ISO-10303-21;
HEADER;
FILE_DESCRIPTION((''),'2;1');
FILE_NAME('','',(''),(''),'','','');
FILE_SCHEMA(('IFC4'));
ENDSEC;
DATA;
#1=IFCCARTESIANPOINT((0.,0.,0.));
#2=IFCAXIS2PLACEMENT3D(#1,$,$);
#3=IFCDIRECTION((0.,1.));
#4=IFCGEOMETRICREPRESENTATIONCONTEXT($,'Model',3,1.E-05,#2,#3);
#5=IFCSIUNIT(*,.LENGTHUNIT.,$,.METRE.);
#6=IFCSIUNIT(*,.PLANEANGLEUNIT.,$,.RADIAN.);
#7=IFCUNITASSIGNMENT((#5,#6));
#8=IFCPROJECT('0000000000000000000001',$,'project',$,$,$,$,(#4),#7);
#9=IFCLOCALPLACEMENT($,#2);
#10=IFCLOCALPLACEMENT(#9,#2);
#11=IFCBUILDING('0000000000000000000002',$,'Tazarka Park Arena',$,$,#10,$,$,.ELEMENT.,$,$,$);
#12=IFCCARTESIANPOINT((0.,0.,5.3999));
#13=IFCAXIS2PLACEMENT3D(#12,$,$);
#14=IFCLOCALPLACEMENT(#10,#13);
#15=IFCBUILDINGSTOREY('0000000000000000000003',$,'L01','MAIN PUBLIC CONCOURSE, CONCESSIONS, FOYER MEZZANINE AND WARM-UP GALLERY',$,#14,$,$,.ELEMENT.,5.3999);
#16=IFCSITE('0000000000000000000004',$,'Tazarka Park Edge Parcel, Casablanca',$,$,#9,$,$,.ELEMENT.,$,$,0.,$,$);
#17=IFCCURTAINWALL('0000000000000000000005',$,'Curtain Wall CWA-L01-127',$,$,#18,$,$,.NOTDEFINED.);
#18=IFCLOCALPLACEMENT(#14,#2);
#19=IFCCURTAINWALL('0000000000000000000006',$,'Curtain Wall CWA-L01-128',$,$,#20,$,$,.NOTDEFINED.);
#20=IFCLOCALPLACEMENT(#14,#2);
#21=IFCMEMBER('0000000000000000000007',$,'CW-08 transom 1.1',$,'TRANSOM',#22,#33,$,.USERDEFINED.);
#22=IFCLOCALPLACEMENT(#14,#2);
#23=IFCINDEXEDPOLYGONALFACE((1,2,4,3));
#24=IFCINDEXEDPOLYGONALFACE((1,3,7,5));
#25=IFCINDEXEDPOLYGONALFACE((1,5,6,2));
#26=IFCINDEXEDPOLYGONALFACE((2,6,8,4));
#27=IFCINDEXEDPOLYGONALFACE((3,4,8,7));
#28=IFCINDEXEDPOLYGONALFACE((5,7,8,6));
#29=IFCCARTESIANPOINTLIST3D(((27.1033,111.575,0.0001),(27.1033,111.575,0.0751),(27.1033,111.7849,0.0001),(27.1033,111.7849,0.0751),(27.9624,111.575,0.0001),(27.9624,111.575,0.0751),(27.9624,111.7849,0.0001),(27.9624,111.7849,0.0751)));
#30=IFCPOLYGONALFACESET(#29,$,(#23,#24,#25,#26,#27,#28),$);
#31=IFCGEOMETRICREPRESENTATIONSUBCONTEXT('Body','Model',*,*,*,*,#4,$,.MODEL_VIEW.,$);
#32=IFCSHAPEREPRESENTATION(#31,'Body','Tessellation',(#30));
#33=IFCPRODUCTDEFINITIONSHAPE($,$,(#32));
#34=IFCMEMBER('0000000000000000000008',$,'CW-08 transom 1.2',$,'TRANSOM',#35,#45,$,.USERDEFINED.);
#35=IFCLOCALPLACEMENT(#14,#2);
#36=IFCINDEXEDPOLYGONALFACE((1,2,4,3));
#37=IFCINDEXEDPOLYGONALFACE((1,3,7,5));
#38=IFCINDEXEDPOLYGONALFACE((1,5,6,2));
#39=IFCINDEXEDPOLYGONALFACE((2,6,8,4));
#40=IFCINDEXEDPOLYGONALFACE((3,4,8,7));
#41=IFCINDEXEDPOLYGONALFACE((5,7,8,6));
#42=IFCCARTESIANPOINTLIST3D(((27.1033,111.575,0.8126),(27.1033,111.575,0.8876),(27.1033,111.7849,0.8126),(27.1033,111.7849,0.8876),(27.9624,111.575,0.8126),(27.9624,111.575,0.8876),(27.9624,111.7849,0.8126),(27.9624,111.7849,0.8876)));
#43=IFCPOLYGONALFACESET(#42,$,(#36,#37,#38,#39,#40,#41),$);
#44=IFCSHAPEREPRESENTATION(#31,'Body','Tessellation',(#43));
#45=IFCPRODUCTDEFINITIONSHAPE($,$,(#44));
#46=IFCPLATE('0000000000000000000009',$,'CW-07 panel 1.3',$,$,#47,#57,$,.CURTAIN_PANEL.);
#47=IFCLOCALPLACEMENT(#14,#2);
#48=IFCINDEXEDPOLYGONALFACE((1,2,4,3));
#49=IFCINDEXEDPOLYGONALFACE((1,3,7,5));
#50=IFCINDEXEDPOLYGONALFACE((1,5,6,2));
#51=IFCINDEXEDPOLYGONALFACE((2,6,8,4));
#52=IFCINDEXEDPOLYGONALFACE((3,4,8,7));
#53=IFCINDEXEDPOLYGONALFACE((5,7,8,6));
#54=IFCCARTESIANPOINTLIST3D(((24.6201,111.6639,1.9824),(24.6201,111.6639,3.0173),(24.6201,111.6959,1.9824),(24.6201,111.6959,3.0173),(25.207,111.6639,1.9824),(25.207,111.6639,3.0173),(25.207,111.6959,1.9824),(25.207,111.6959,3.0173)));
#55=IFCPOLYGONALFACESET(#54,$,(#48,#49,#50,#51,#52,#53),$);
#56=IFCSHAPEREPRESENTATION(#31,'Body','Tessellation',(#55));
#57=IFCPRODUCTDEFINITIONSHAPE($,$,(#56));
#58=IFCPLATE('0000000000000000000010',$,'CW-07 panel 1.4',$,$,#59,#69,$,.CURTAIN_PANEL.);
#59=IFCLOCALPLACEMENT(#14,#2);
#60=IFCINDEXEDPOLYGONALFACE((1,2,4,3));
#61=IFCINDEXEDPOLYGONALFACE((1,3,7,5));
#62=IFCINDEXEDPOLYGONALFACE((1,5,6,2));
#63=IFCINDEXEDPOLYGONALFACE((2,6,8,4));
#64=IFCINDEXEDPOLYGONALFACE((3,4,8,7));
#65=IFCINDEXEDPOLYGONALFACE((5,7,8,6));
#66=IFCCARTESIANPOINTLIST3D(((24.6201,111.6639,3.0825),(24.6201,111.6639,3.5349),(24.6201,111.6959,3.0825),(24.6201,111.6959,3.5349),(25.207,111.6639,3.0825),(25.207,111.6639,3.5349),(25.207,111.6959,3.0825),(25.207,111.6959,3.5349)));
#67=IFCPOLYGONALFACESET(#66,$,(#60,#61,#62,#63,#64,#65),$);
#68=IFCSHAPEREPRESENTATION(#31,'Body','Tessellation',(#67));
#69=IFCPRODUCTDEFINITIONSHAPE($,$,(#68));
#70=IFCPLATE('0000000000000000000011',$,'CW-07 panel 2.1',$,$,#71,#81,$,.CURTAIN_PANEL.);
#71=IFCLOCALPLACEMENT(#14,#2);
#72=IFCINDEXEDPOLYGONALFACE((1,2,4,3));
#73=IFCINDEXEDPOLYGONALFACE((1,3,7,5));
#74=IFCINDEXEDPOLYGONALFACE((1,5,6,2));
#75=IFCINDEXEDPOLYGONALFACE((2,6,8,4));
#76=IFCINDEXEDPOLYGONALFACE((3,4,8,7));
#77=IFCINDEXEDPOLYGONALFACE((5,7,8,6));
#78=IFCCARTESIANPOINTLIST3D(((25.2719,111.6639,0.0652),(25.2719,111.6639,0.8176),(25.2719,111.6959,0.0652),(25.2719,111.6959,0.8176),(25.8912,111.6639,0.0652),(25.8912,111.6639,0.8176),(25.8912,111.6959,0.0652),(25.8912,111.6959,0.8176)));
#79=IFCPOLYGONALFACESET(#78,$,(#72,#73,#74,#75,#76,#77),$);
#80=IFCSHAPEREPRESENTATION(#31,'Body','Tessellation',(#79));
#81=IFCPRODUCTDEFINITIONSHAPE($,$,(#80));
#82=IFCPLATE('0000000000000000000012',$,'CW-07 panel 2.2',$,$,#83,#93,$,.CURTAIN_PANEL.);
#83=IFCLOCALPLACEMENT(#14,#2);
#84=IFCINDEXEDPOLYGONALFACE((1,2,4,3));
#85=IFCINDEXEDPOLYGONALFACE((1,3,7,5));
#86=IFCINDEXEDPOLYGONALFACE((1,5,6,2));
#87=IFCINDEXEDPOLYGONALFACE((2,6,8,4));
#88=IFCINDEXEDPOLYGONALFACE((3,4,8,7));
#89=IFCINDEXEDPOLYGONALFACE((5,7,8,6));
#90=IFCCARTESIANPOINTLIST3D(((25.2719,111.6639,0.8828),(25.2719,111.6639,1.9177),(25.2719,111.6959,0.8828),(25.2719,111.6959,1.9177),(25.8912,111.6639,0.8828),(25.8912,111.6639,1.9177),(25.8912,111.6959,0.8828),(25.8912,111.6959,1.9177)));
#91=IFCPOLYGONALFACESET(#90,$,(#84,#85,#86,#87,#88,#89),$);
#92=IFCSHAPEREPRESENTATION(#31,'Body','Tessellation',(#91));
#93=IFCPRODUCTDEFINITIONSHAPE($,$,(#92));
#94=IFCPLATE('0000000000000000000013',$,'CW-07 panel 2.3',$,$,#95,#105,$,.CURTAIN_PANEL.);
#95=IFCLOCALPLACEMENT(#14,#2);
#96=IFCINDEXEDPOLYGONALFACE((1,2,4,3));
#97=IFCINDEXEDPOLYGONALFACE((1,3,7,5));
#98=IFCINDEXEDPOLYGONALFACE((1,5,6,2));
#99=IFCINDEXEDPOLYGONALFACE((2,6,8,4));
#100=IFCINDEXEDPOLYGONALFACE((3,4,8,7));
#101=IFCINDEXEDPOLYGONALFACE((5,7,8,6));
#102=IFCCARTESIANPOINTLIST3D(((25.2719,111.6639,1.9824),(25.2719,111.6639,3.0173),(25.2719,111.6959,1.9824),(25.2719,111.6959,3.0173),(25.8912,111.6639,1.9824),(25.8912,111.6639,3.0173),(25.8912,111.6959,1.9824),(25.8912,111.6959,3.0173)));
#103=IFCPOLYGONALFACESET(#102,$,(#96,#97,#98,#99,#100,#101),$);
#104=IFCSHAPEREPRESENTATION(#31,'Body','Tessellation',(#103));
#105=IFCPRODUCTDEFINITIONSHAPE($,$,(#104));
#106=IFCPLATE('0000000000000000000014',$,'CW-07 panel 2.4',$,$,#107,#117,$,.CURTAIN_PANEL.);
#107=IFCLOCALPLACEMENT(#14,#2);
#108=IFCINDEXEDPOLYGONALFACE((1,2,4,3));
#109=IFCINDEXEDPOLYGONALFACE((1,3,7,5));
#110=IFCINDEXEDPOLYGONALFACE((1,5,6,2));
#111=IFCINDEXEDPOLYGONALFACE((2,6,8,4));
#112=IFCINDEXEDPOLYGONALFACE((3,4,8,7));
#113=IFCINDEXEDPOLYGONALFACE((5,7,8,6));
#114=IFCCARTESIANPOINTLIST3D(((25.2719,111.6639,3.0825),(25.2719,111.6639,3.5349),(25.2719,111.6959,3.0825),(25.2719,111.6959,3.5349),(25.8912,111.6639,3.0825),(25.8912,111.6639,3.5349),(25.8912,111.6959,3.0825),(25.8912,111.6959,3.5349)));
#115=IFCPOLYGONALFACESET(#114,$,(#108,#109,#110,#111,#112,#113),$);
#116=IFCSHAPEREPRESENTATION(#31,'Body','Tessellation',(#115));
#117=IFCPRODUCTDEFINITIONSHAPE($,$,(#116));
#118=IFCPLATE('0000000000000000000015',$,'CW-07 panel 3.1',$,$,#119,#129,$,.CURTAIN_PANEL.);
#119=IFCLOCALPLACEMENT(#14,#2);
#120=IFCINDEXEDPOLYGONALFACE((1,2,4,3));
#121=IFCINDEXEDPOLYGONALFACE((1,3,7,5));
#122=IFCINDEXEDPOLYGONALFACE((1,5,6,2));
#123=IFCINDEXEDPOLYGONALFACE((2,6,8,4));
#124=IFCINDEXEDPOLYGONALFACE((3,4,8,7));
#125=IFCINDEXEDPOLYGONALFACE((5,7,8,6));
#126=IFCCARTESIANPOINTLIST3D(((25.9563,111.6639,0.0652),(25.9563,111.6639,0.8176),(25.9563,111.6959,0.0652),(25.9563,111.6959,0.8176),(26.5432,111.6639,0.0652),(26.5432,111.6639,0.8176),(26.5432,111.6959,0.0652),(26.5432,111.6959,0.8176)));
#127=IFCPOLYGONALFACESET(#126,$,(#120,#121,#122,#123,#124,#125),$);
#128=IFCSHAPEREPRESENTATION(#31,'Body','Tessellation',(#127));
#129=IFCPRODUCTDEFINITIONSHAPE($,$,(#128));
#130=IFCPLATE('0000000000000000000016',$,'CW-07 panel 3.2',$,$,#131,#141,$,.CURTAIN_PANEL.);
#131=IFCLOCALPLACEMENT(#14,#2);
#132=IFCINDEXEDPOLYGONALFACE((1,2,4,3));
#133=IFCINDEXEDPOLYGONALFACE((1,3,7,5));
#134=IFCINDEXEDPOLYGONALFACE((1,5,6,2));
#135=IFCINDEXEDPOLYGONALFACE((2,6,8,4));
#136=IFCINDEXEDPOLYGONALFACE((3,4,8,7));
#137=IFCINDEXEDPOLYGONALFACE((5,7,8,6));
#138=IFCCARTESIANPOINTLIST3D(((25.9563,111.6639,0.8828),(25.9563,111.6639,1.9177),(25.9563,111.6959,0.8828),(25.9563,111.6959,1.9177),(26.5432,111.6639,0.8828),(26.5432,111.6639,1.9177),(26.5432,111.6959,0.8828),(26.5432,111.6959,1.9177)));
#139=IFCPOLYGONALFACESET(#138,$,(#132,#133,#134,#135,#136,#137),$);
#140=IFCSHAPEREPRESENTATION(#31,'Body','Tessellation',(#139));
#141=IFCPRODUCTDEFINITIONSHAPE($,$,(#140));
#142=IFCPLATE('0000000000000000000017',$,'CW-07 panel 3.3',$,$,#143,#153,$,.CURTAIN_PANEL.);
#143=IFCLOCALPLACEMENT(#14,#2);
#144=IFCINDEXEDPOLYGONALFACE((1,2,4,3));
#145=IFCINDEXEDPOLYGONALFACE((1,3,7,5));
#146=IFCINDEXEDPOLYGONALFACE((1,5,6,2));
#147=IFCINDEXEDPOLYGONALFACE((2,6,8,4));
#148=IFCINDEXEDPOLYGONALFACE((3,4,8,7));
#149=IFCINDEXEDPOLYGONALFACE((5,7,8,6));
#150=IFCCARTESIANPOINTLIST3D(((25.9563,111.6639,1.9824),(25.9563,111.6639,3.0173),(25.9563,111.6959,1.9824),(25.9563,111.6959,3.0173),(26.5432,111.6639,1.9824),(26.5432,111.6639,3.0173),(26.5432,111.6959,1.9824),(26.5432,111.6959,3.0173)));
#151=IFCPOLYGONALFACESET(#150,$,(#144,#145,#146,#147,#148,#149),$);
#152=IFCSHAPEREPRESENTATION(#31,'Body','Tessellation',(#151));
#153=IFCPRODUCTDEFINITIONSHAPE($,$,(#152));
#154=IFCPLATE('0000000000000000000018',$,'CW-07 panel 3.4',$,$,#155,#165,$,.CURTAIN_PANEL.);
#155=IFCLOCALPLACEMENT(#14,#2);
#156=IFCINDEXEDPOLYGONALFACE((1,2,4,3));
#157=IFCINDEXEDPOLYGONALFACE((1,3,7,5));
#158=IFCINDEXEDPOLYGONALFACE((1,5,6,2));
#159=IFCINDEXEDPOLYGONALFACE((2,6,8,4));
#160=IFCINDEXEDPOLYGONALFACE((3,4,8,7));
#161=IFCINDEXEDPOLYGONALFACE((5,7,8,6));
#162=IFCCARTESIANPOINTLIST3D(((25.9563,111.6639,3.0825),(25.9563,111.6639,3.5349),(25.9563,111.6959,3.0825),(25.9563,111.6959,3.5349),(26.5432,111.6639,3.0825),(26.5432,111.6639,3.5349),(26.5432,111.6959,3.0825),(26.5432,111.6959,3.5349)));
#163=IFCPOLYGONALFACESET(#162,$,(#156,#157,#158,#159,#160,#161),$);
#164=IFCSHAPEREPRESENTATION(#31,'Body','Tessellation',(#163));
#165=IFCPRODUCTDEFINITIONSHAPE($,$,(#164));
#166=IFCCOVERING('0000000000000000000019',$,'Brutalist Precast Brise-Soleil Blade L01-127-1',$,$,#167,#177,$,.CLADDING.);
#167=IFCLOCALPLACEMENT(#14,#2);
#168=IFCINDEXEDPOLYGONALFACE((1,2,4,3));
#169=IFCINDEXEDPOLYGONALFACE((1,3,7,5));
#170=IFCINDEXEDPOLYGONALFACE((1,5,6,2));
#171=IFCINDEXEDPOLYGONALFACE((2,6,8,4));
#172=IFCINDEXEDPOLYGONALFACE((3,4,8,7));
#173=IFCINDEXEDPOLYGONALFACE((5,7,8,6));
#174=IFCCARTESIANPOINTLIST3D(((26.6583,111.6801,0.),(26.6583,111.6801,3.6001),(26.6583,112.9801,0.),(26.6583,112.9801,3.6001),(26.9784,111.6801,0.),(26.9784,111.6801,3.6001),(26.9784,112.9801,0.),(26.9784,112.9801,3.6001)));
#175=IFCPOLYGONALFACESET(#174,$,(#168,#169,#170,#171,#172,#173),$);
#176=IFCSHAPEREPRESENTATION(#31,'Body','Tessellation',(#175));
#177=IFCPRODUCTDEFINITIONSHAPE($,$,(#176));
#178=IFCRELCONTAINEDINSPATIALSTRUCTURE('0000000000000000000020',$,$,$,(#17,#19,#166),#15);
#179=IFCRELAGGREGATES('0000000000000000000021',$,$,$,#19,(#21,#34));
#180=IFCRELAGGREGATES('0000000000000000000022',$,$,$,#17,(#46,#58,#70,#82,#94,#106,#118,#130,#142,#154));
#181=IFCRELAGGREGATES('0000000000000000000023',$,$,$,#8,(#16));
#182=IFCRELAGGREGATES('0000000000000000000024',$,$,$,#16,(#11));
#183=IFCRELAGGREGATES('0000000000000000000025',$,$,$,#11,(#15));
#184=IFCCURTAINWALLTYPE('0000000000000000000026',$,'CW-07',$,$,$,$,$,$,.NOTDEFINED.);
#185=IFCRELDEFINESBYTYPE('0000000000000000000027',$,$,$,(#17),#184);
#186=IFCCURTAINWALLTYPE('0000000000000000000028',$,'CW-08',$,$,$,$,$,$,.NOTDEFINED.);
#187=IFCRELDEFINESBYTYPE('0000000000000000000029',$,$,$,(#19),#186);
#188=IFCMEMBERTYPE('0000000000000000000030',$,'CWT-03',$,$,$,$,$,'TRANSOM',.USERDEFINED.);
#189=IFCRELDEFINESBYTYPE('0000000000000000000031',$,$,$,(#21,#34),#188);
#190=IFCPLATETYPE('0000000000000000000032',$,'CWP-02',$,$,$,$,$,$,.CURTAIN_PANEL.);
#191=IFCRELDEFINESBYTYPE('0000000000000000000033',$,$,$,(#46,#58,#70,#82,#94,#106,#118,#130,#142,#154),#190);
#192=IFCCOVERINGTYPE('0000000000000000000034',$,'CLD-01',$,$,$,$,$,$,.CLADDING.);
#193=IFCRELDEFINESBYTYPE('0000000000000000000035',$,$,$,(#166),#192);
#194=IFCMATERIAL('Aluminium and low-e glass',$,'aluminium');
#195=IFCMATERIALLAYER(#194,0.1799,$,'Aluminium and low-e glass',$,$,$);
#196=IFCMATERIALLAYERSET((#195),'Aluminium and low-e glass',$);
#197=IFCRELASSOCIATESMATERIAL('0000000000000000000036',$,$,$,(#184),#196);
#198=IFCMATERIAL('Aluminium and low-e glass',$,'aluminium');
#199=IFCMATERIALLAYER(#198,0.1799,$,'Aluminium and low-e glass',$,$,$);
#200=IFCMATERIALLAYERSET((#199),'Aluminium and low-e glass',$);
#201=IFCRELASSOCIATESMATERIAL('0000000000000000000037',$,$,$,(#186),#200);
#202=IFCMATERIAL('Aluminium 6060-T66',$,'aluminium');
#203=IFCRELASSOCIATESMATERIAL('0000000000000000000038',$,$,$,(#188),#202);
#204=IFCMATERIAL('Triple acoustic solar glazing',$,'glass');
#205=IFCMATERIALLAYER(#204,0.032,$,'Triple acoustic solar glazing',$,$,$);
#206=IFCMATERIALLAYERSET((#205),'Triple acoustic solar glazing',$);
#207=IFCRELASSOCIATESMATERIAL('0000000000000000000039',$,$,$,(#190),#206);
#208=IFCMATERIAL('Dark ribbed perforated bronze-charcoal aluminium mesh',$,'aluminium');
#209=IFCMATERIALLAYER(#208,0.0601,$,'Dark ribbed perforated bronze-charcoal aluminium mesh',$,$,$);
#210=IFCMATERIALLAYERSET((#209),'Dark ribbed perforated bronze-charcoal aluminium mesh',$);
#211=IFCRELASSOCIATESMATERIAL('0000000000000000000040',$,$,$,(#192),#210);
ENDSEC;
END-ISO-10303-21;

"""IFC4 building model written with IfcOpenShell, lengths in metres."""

from ifc_helpers import new_model, si_unit, direction, frame, origin, origin_2d, place, context, subcontext, project, spatial, rectangle, extrude, material, layer, layer_set, material_profile, profile_set, type_object, element, aggregate, save


model = new_model("IFC4")

# Units and contexts
model_context = context("Model", 3, precision=1e-05, world=origin(), true_north=direction((0.0, 1.0)))
body_context = subcontext(model_context, "Body", "Model", "MODEL_VIEW")
ifc_project = project(units=[si_unit("LENGTHUNIT", "METRE"), si_unit("PLANEANGLEUNIT", "RADIAN")], contexts=[model_context])

# Site, building, storey
site_placement = place(None, origin())
site = spatial("IfcSite", under=ifc_project, at=site_placement, Name="Tazarka Park Edge Parcel, Casablanca", CompositionType="ELEMENT", RefElevation=0.0)
building_placement = place(site_placement, origin())
building = spatial("IfcBuilding", under=site, at=building_placement, Name="Tazarka Park Arena", CompositionType="ELEMENT")
storey_placement = place(building_placement, frame((0.0, 0.0, 5.3999)))
storey = spatial("IfcBuildingStorey", under=building, at=storey_placement, Name="L01", Description="MAIN PUBLIC CONCOURSE, CONCESSIONS, FOYER MEZZANINE AND WARM-UP GALLERY", CompositionType="ELEMENT", Elevation=5.3999)

# Curtain wall
ifc_material_1 = material(Name="Aluminium and low-e glass", Category="aluminium")
ifc_layer_1 = layer(ifc_material_1, 0.1799, Name="Aluminium and low-e glass")
ifc_layer_set_1 = layer_set([ifc_layer_1], Name="Aluminium and low-e glass")
curtain_wall_type_1 = type_object("IfcCurtainWallType", Name="CW-07", PredefinedType="NOTDEFINED", material=ifc_layer_set_1)
curtain_wall_1_placement = place(storey_placement, origin())
curtain_wall_1 = element("IfcCurtainWall", 1, at=curtain_wall_1_placement, inside=storey, type_object=curtain_wall_type_1, Name="Curtain Wall CWA-L01-127", PredefinedType="NOTDEFINED")

# Curtain wall
ifc_material_2 = material(Name="Aluminium and low-e glass", Category="aluminium")
ifc_layer_2 = layer(ifc_material_2, 0.1799, Name="Aluminium and low-e glass")
ifc_layer_set_2 = layer_set([ifc_layer_2], Name="Aluminium and low-e glass")
curtain_wall_type_2 = type_object("IfcCurtainWallType", Name="CW-08", PredefinedType="NOTDEFINED", material=ifc_layer_set_2)
curtain_wall_2_placement = place(storey_placement, origin())
curtain_wall_2 = element("IfcCurtainWall", 2, at=curtain_wall_2_placement, inside=storey, type_object=curtain_wall_type_2, Name="Curtain Wall CWA-L01-128", PredefinedType="NOTDEFINED")

# Members
ifc_material_3 = material(Name="Aluminium 6060-T66", Category="aluminium")
ifc_material_profile_1 = material_profile(ifc_material_3, rectangle(XDim=0.21, YDim=0.075, at=origin_2d()), Name="Aluminium 6060-T66")
ifc_profile_set_1 = profile_set([ifc_material_profile_1], Name="Aluminium 6060-T66")
member_type_1 = type_object("IfcMemberType", Name="CWT-03", ElementType="TRANSOM", PredefinedType="USERDEFINED", material=ifc_profile_set_1)
member_1_placement = place(storey_placement, frame((27.1033, 111.6799, 0.0376), z_axis=(1.0, 0.0, 0.0), x_axis=(0.0, 1.0, 0.0)))
member_1 = element("IfcMember", 3, at=member_1_placement, type_object=member_type_1, Name="CW-08 transom 1.1", ObjectType="TRANSOM", PredefinedType="USERDEFINED", context=body_context, shape_type="SweptSolid", body=[
    extrude(rectangle(XDim=0.21, YDim=0.075, at=origin_2d()), origin(), (0.0, 0.0, 1.0), 0.8591),
])
member_2_placement = place(storey_placement, frame((27.1033, 111.6799, 0.8501), z_axis=(1.0, 0.0, 0.0), x_axis=(0.0, 1.0, 0.0)))
member_2 = element("IfcMember", 4, at=member_2_placement, type_object=member_type_1, Name="CW-08 transom 1.2", ObjectType="TRANSOM", PredefinedType="USERDEFINED", context=body_context, shape_type="SweptSolid", body=[
    extrude(rectangle(XDim=0.21, YDim=0.075, at=origin_2d()), origin(), (0.0, 0.0, 1.0), 0.8591),
])
aggregate(curtain_wall_2, [member_1, member_2])

# Plates
ifc_material_4 = material(Name="Triple acoustic solar glazing", Category="glass")
ifc_layer_3 = layer(ifc_material_4, 0.032, Name="Triple acoustic solar glazing")
ifc_layer_set_3 = layer_set([ifc_layer_3], Name="Triple acoustic solar glazing")
plate_type = type_object("IfcPlateType", Name="CWP-02", PredefinedType="CURTAIN_PANEL", material=ifc_layer_set_3)
plate_1_placement = place(storey_placement, frame((24.9136, 111.6799, 1.9824), z_axis=(0.0, 0.0, 1.0), x_axis=(1.0, 0.0, 0.0)))
plate_1 = element("IfcPlate", 5, at=plate_1_placement, type_object=plate_type, Name="CW-07 panel 1.3", PredefinedType="CURTAIN_PANEL", context=body_context, shape_type="SweptSolid", body=[
    extrude(rectangle(XDim=0.5869, YDim=0.032, at=origin_2d()), origin(), (0.0, 0.0, 1.0), 1.0349),
])
plate_2_placement = place(storey_placement, frame((24.9136, 111.6799, 3.0825), z_axis=(0.0, 0.0, 1.0), x_axis=(1.0, 0.0, 0.0)))
plate_2 = element("IfcPlate", 6, at=plate_2_placement, type_object=plate_type, Name="CW-07 panel 1.4", PredefinedType="CURTAIN_PANEL", context=body_context, shape_type="SweptSolid", body=[
    extrude(rectangle(XDim=0.5869, YDim=0.032, at=origin_2d()), origin(), (0.0, 0.0, 1.0), 0.4524),
])
plate_3_placement = place(storey_placement, frame((25.5815, 111.6799, 0.0652), z_axis=(0.0, 0.0, 1.0), x_axis=(1.0, 0.0, 0.0)))
plate_3 = element("IfcPlate", 7, at=plate_3_placement, type_object=plate_type, Name="CW-07 panel 2.1", PredefinedType="CURTAIN_PANEL", context=body_context, shape_type="SweptSolid", body=[
    extrude(rectangle(XDim=0.6194, YDim=0.032, at=origin_2d()), origin(), (0.0, 0.0, 1.0), 0.7524),
])
plate_4_placement = place(storey_placement, frame((25.5815, 111.6799, 0.8828), z_axis=(0.0, 0.0, 1.0), x_axis=(1.0, 0.0, 0.0)))
plate_4 = element("IfcPlate", 8, at=plate_4_placement, type_object=plate_type, Name="CW-07 panel 2.2", PredefinedType="CURTAIN_PANEL", context=body_context, shape_type="SweptSolid", body=[
    extrude(rectangle(XDim=0.6194, YDim=0.032, at=origin_2d()), origin(), (0.0, 0.0, 1.0), 1.0349),
])
plate_5_placement = place(storey_placement, frame((25.5815, 111.6799, 1.9824), z_axis=(0.0, 0.0, 1.0), x_axis=(1.0, 0.0, 0.0)))
plate_5 = element("IfcPlate", 9, at=plate_5_placement, type_object=plate_type, Name="CW-07 panel 2.3", PredefinedType="CURTAIN_PANEL", context=body_context, shape_type="SweptSolid", body=[
    extrude(rectangle(XDim=0.6194, YDim=0.032, at=origin_2d()), origin(), (0.0, 0.0, 1.0), 1.0349),
])
plate_6_placement = place(storey_placement, frame((25.5815, 111.6799, 3.0825), z_axis=(0.0, 0.0, 1.0), x_axis=(1.0, 0.0, 0.0)))
plate_6 = element("IfcPlate", 10, at=plate_6_placement, type_object=plate_type, Name="CW-07 panel 2.4", PredefinedType="CURTAIN_PANEL", context=body_context, shape_type="SweptSolid", body=[
    extrude(rectangle(XDim=0.6194, YDim=0.032, at=origin_2d()), origin(), (0.0, 0.0, 1.0), 0.4524),
])
plate_7_placement = place(storey_placement, frame((26.2498, 111.6799, 0.0652), z_axis=(0.0, 0.0, 1.0), x_axis=(1.0, 0.0, 0.0)))
plate_7 = element("IfcPlate", 11, at=plate_7_placement, type_object=plate_type, Name="CW-07 panel 3.1", PredefinedType="CURTAIN_PANEL", context=body_context, shape_type="SweptSolid", body=[
    extrude(rectangle(XDim=0.5869, YDim=0.032, at=origin_2d()), origin(), (0.0, 0.0, 1.0), 0.7524),
])
plate_8_placement = place(storey_placement, frame((26.2498, 111.6799, 0.8828), z_axis=(0.0, 0.0, 1.0), x_axis=(1.0, 0.0, 0.0)))
plate_8 = element("IfcPlate", 12, at=plate_8_placement, type_object=plate_type, Name="CW-07 panel 3.2", PredefinedType="CURTAIN_PANEL", context=body_context, shape_type="SweptSolid", body=[
    extrude(rectangle(XDim=0.5869, YDim=0.032, at=origin_2d()), origin(), (0.0, 0.0, 1.0), 1.0349),
])
plate_9_placement = place(storey_placement, frame((26.2498, 111.6799, 1.9824), z_axis=(0.0, 0.0, 1.0), x_axis=(1.0, 0.0, 0.0)))
plate_9 = element("IfcPlate", 13, at=plate_9_placement, type_object=plate_type, Name="CW-07 panel 3.3", PredefinedType="CURTAIN_PANEL", context=body_context, shape_type="SweptSolid", body=[
    extrude(rectangle(XDim=0.5869, YDim=0.032, at=origin_2d()), origin(), (0.0, 0.0, 1.0), 1.0349),
])
plate_10_placement = place(storey_placement, frame((26.2498, 111.6799, 3.0825), z_axis=(0.0, 0.0, 1.0), x_axis=(1.0, 0.0, 0.0)))
plate_10 = element("IfcPlate", 14, at=plate_10_placement, type_object=plate_type, Name="CW-07 panel 3.4", PredefinedType="CURTAIN_PANEL", context=body_context, shape_type="SweptSolid", body=[
    extrude(rectangle(XDim=0.5869, YDim=0.032, at=origin_2d()), origin(), (0.0, 0.0, 1.0), 0.4524),
])
aggregate(curtain_wall_1, [plate_1, plate_2, plate_3, plate_4, plate_5, plate_6, plate_7, plate_8, plate_9, plate_10])

# Covering
ifc_material_5 = material(Name="Dark ribbed perforated bronze-charcoal aluminium mesh", Category="aluminium")
ifc_layer_4 = layer(ifc_material_5, 0.0601, Name="Dark ribbed perforated bronze-charcoal aluminium mesh")
ifc_layer_set_4 = layer_set([ifc_layer_4], Name="Dark ribbed perforated bronze-charcoal aluminium mesh")
covering_type = type_object("IfcCoveringType", Name="CLD-01", PredefinedType="CLADDING", material=ifc_layer_set_4)
covering_placement = place(storey_placement, frame((26.8184, 112.3301, 0.0), z_axis=(0.0, 0.0, 1.0), x_axis=(1.0, 0.0, 0.0)))
element("IfcCovering", 15, at=covering_placement, inside=storey, type_object=covering_type, Name="Brutalist Precast Brise-Soleil Blade L01-127-1", PredefinedType="CLADDING", context=body_context, shape_type="SweptSolid", body=[
    extrude(rectangle(XDim=0.3201, YDim=1.3, at=origin_2d()), origin(), (0.0, 0.0, 1.0), 3.6001),
])

save(model, "model.ifc")
